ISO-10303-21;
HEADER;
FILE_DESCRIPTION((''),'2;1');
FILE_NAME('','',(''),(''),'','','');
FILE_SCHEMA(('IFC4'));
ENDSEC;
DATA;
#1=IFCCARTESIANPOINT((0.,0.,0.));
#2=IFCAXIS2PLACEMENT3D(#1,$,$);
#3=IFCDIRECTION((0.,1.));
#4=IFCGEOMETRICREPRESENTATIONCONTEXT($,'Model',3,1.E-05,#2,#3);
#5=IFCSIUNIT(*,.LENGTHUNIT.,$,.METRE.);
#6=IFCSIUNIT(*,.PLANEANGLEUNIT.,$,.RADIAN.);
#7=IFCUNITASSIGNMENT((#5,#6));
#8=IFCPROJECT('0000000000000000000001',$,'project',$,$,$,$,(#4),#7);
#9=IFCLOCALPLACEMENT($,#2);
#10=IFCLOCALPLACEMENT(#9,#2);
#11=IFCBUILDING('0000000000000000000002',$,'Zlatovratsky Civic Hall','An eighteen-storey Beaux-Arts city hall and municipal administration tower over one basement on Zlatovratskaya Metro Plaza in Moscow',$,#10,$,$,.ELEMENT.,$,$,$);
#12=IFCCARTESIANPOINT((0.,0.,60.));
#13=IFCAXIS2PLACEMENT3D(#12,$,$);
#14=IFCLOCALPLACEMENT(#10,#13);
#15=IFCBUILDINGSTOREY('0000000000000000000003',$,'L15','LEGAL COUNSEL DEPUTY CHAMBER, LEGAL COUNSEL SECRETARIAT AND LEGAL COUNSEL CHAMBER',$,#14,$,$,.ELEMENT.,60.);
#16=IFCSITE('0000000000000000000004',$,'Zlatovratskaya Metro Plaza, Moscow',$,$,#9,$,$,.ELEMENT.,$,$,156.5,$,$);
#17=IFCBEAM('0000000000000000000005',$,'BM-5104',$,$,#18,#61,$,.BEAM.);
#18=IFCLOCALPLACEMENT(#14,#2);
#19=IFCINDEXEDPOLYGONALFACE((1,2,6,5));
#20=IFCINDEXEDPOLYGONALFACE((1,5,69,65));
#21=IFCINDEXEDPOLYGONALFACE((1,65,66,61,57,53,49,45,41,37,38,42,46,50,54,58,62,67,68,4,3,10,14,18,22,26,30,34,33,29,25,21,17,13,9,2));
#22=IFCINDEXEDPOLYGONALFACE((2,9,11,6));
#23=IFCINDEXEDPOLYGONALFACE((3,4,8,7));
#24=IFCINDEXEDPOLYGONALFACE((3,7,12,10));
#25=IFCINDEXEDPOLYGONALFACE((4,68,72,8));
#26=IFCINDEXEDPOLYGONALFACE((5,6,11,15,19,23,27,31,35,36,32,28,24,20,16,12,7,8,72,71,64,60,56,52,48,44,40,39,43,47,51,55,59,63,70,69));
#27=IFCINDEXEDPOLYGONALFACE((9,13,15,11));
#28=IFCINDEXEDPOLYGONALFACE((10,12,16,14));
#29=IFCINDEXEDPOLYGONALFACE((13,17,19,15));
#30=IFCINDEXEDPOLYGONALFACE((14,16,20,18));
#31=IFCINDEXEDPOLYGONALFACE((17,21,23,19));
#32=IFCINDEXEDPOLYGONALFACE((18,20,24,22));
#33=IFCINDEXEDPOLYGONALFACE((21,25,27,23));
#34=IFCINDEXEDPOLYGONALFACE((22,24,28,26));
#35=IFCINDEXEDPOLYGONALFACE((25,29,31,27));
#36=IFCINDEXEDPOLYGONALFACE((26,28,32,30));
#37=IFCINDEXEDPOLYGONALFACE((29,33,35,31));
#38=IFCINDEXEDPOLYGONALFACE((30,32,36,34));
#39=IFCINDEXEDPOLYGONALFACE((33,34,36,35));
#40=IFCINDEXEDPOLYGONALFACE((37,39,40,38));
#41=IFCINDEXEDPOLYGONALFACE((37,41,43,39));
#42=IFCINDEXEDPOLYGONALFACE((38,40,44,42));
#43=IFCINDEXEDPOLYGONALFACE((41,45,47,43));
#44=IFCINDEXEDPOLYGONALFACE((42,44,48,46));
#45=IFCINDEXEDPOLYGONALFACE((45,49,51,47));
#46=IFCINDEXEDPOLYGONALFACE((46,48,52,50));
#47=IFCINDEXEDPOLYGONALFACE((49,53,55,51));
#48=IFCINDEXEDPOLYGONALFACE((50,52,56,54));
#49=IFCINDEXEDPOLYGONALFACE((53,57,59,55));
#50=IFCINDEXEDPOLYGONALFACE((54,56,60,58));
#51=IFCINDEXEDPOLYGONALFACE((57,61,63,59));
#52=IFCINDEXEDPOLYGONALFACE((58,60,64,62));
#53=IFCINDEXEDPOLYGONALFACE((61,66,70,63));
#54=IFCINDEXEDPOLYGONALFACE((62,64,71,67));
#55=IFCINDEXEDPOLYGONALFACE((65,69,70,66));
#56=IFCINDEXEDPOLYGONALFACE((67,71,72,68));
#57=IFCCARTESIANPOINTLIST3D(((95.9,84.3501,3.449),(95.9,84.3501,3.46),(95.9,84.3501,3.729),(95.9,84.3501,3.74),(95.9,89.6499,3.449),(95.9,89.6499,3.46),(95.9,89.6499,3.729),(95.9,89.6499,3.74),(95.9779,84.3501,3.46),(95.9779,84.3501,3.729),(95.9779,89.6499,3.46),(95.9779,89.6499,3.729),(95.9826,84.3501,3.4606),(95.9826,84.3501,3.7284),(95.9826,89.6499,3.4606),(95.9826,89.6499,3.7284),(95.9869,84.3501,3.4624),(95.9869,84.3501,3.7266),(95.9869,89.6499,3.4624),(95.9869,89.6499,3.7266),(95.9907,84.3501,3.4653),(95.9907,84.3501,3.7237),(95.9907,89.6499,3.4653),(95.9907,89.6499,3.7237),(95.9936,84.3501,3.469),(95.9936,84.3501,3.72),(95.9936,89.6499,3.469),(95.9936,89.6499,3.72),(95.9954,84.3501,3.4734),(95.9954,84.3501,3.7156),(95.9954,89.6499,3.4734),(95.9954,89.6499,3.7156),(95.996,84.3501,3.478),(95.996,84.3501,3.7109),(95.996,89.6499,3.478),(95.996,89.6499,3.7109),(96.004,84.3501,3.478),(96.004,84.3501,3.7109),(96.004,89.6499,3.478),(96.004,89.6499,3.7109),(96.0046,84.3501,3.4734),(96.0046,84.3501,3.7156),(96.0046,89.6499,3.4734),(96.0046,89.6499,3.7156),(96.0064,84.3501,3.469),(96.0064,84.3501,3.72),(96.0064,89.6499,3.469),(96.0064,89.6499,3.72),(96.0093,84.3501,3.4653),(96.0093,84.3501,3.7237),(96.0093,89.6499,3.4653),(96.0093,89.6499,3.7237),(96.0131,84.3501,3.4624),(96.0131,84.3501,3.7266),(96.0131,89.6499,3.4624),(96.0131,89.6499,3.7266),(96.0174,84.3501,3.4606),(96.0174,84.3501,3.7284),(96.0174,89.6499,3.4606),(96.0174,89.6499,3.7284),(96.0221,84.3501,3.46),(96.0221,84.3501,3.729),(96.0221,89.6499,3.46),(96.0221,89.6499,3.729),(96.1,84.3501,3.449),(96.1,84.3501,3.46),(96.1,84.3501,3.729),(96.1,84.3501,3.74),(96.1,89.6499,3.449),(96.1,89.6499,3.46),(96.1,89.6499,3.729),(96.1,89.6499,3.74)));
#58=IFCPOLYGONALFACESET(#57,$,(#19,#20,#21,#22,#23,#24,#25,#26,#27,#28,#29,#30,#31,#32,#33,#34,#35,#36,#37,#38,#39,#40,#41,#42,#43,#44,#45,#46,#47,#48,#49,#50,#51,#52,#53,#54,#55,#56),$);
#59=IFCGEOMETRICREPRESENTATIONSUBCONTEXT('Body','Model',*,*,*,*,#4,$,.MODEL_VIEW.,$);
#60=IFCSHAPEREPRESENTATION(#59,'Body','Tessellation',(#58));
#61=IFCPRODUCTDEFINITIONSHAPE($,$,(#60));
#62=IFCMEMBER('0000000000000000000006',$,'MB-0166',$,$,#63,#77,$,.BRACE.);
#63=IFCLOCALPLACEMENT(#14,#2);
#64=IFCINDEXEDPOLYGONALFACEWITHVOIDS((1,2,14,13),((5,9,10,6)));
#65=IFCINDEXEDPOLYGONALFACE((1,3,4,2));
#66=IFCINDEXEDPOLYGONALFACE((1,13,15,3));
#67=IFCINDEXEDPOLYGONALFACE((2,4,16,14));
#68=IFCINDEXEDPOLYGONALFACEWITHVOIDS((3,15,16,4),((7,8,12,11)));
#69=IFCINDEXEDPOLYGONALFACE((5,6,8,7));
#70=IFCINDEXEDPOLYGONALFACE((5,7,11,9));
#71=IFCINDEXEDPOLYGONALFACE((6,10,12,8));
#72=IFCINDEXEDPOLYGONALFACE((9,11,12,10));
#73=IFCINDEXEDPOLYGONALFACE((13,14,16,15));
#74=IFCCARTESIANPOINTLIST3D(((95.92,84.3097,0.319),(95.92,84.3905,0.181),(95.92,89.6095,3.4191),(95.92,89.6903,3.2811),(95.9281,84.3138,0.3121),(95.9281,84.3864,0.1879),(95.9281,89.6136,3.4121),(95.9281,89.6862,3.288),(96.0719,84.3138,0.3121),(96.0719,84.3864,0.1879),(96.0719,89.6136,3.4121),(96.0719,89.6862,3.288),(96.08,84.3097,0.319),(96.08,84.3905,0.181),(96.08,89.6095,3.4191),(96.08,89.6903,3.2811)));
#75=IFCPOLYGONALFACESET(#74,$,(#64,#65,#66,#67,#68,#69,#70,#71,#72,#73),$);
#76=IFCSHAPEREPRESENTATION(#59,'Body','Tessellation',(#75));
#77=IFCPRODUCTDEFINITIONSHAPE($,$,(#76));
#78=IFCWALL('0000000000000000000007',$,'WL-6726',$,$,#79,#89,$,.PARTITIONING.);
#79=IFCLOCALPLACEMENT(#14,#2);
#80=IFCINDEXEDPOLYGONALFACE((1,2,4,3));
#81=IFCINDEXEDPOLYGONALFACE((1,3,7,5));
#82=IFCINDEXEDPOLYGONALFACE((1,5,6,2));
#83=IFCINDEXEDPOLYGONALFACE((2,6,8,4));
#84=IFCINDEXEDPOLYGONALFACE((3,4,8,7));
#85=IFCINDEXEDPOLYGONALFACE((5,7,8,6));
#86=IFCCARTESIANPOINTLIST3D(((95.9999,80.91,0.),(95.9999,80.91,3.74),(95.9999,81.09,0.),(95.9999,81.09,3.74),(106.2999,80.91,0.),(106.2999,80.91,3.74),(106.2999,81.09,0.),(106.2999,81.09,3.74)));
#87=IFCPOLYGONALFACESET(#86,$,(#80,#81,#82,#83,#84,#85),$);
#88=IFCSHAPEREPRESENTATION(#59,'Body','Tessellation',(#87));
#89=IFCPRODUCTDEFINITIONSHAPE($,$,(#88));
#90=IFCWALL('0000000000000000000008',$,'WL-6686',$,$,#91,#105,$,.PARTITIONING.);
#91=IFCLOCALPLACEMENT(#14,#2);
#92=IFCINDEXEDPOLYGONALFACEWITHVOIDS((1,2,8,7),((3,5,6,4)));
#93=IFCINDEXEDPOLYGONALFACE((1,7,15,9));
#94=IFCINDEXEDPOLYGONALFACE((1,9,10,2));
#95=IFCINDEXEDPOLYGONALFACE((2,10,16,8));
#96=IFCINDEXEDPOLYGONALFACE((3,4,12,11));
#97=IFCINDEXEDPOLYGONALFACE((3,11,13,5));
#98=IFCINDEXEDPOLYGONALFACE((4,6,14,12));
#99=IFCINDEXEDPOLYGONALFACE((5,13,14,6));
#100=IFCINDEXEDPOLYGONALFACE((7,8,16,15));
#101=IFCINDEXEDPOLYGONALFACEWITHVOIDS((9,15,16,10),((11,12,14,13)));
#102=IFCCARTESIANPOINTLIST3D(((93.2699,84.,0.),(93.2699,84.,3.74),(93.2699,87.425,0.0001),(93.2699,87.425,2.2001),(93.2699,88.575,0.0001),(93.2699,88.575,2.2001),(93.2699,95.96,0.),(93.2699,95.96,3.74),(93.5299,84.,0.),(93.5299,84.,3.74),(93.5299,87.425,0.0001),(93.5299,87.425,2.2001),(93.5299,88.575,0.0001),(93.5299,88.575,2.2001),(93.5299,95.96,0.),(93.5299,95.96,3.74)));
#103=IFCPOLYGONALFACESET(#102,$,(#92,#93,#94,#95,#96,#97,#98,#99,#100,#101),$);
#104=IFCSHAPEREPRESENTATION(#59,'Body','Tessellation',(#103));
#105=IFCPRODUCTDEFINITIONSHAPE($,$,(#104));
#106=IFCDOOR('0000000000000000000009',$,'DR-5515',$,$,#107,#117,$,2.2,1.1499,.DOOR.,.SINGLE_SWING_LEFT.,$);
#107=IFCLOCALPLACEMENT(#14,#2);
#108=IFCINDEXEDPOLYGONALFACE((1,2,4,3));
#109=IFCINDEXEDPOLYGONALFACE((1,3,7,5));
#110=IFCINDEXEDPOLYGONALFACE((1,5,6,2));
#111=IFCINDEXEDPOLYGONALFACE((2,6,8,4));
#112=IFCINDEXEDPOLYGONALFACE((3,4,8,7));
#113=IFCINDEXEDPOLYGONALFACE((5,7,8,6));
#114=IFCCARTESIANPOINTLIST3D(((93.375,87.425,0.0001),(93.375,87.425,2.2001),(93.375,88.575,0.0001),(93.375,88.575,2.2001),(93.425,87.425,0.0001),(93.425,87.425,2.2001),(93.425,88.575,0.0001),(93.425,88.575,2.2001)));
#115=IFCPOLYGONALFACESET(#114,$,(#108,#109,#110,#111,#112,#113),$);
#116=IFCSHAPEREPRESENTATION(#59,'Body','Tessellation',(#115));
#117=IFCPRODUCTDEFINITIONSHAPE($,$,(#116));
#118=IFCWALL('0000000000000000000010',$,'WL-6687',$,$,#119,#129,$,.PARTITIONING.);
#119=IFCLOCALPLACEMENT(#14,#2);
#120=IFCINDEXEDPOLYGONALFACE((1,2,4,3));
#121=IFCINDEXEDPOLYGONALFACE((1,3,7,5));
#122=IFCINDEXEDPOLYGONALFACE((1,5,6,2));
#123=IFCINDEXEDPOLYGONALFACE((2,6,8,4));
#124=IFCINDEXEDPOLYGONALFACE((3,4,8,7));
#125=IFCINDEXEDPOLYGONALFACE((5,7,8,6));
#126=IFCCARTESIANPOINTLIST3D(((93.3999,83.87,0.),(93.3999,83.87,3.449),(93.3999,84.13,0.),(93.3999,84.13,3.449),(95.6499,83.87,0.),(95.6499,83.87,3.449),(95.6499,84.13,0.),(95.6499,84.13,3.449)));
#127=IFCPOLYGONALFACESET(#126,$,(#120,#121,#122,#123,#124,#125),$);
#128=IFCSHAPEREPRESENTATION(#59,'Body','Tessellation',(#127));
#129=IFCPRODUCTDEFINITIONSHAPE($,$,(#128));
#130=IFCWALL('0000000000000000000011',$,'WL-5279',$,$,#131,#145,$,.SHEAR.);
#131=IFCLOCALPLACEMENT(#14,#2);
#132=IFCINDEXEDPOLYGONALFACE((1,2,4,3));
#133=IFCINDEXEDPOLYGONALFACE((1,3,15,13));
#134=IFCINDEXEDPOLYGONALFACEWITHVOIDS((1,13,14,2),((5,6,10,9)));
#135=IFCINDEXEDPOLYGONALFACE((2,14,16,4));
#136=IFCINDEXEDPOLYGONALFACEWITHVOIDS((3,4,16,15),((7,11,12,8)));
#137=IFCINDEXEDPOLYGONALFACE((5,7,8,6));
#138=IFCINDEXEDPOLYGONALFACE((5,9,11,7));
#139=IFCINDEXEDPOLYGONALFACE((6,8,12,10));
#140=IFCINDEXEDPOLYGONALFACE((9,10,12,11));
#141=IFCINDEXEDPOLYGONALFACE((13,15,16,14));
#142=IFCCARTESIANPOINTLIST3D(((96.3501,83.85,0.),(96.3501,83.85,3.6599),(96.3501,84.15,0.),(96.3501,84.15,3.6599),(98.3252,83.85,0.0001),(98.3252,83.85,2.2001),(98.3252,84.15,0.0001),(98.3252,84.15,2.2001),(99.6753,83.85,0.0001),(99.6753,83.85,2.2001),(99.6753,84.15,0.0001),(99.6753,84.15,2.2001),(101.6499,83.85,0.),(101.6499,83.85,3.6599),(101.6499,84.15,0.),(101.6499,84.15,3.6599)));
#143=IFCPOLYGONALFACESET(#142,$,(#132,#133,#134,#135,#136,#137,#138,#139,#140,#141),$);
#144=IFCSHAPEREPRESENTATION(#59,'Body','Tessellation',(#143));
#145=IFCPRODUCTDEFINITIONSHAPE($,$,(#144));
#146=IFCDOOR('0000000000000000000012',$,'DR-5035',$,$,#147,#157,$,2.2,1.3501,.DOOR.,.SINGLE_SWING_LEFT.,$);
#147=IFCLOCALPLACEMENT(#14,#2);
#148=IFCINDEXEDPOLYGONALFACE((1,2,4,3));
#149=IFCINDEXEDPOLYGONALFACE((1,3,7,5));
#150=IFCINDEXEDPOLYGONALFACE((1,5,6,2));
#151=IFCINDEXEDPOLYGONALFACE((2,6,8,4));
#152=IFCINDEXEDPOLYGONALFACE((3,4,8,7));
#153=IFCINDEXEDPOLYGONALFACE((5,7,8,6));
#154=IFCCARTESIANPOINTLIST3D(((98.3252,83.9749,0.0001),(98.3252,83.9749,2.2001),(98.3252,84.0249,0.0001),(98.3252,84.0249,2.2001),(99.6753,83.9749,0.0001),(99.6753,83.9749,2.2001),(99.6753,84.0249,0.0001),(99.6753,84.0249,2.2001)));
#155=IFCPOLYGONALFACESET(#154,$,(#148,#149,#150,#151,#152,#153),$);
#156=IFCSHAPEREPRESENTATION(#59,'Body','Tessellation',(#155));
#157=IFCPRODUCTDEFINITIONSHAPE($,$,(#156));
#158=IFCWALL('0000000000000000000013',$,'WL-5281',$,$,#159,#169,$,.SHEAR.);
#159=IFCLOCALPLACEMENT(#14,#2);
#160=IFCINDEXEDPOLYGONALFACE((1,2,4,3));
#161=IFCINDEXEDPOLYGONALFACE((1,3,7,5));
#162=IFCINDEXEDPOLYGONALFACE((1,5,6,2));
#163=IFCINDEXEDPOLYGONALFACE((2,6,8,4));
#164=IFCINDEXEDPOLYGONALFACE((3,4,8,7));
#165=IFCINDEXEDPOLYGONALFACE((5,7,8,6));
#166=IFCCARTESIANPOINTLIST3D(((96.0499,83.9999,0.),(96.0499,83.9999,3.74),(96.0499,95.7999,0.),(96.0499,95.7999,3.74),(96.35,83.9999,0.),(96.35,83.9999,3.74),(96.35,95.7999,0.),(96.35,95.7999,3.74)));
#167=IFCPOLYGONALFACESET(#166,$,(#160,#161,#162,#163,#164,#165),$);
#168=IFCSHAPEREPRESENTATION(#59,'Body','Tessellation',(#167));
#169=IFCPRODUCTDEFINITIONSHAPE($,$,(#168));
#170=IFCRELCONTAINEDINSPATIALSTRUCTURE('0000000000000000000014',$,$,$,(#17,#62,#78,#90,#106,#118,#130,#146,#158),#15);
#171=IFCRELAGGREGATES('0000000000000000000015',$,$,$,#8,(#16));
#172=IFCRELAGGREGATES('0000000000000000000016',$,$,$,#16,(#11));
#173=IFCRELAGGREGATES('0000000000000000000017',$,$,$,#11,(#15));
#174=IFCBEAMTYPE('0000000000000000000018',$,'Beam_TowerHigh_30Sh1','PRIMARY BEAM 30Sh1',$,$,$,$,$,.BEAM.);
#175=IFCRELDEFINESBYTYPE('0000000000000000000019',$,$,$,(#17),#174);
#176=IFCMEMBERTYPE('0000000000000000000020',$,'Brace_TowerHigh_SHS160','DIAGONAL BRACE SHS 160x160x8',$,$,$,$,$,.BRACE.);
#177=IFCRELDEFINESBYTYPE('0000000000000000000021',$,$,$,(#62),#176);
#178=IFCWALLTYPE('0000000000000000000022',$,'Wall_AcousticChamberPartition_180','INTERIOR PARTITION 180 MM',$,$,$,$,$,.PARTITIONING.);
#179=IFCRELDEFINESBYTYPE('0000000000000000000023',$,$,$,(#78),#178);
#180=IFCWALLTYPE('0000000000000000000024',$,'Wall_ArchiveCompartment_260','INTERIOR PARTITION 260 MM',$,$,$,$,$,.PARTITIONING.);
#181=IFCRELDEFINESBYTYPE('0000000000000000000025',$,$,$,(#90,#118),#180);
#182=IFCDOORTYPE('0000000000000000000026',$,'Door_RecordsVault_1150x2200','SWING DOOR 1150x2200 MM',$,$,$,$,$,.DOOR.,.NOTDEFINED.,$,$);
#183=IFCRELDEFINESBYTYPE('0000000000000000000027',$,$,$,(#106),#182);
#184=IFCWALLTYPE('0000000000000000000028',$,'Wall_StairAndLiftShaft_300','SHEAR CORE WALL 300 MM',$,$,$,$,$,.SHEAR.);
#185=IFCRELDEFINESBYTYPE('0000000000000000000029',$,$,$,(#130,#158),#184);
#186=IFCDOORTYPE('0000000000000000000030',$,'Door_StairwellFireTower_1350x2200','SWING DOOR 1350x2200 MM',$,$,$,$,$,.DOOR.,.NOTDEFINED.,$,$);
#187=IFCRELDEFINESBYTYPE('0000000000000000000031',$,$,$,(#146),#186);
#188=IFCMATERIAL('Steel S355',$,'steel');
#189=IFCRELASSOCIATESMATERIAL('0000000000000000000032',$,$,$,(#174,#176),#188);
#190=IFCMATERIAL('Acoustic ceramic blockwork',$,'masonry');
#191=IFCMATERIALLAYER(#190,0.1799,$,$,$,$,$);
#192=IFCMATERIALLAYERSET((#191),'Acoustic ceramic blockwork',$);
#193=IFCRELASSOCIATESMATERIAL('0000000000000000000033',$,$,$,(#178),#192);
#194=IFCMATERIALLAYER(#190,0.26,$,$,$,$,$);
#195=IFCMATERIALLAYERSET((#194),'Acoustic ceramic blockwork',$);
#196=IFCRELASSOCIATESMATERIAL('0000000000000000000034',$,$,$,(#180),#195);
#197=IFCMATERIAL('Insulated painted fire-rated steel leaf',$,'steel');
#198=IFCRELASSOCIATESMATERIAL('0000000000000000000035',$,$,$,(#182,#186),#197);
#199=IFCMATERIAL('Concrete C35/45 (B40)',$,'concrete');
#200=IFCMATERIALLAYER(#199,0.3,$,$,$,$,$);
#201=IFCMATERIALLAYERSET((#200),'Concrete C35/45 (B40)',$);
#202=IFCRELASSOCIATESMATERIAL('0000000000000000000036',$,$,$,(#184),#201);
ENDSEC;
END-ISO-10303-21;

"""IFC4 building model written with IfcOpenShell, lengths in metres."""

from ifc_helpers import new_model, si_unit, direction, frame, frame_2d, origin, origin_2d, place, context, subcontext, project, spatial, rectangle, hollow_rectangle, i_section, extrude, material, layer, layer_set, material_profile, profile_set, type_object, element, fill, save


model = new_model("IFC4")

# Units and contexts
model_context = context("Model", 3, precision=1e-05, world=origin(), true_north=direction((0.0, 1.0)))
body_context = subcontext(model_context, "Body", "Model", "MODEL_VIEW")
ifc_project = project(units=[si_unit("LENGTHUNIT", "METRE"), si_unit("PLANEANGLEUNIT", "RADIAN")], contexts=[model_context])

# Site, building, storey
site_placement = place(None, origin())
site = spatial("IfcSite", under=ifc_project, at=site_placement, Name="Zlatovratskaya Metro Plaza, Moscow", CompositionType="ELEMENT", RefElevation=156.5)
building_placement = place(site_placement, origin())
building = spatial("IfcBuilding", under=site, at=building_placement, Name="Zlatovratsky Civic Hall", Description="An eighteen-storey Beaux-Arts city hall and municipal administration tower over one basement on Zlatovratskaya Metro Plaza in Moscow", CompositionType="ELEMENT")
storey_placement = place(building_placement, frame((0.0, 0.0, 60.0)))
storey = spatial("IfcBuildingStorey", under=building, at=storey_placement, Name="L15", Description="LEGAL COUNSEL DEPUTY CHAMBER, LEGAL COUNSEL SECRETARIAT AND LEGAL COUNSEL CHAMBER", CompositionType="ELEMENT", Elevation=60.0)

# Shared definitions
ifc_material_1 = material(Name="Concrete C35/45 (B40)", Category="concrete")

# Beam
ifc_material_2 = material(Name="Steel S355", Category="steel")
ifc_material_profile_1 = material_profile(ifc_material_2, i_section(OverallWidth=0.2, OverallDepth=0.291, WebThickness=0.0081, FlangeThickness=0.011, FilletRadius=0.0181, at=origin_2d()), Name="30Sh1")
ifc_profile_set_1 = profile_set([ifc_material_profile_1], Name="Steel S355")
beam_type_1 = type_object("IfcBeamType", Name="Beam_TowerHigh_30Sh1", Description="PRIMARY BEAM 30Sh1", PredefinedType="BEAM", material=ifc_profile_set_1)
for number, where, z_axis, x_axis, name in (
    (1, (96.0, 84.3501, 3.5945), (0.0, 1.0, 0.0), (-1.0, 0.0, 0.0), "BM-5104"),
):
    element("IfcBeam", number, at=place(storey_placement, frame(where, z_axis=z_axis, x_axis=x_axis)), inside=storey, type_object=beam_type_1, Name=name, PredefinedType="BEAM", context=body_context, shape_type="SweptSolid", body=[
        extrude(i_section(OverallWidth=0.2, OverallDepth=0.291, WebThickness=0.0081, FlangeThickness=0.011, FilletRadius=0.0181, at=origin_2d()), origin(), (0.0, 0.0, 1.0), 5.2998),
    ])

# Member
ifc_material_profile_2 = material_profile(ifc_material_2, hollow_rectangle(XDim=0.1599, YDim=0.1599, WallThickness=0.0081, at=origin_2d()), Name="SHS 160x160x8")
ifc_profile_set_2 = profile_set([ifc_material_profile_2], Name="Steel S355")
member_type = type_object("IfcMemberType", Name="Brace_TowerHigh_SHS160", Description="DIAGONAL BRACE SHS 160x160x8", PredefinedType="BRACE", material=ifc_profile_set_2)
member_placement = place(storey_placement, frame((96.0, 84.3501, 0.25), z_axis=(0.0, 0.863173, 0.504909), x_axis=(-1.0, 0.0, 0.0)))
element("IfcMember", 2, at=member_placement, inside=storey, type_object=member_type, Name="MB-0166", PredefinedType="BRACE", context=body_context, shape_type="SweptSolid", body=[
    extrude(hollow_rectangle(XDim=0.1599, YDim=0.1599, WallThickness=0.0081, at=origin_2d()), origin(), (0.0, 0.0, 1.0), 6.1399),
])

# Wall
ifc_material_3 = material(Name="Acoustic ceramic blockwork", Category="masonry")
ifc_layer_1 = layer(ifc_material_3, 0.1799)
ifc_layer_set_1 = layer_set([ifc_layer_1], Name="Acoustic ceramic blockwork")
wall_type_1 = type_object("IfcWallType", Name="Wall_AcousticChamberPartition_180", Description="INTERIOR PARTITION 180 MM", PredefinedType="PARTITIONING", material=ifc_layer_set_1)
wall_1_placement = place(storey_placement, frame((96.0, 81.0, 0.0), z_axis=(0.0, 0.0, 1.0), x_axis=(1.0, 0.0, 0.0)))
element("IfcWall", 3, at=wall_1_placement, inside=storey, type_object=wall_type_1, Name="WL-6726", PredefinedType="PARTITIONING", context=body_context, shape_type="SweptSolid", body=[
    extrude(rectangle(XDim=10.3, YDim=0.1799, at=frame_2d((5.1499, 0.0))), origin(), (0.0, 0.0, 1.0), 3.74),
])

# Wall, opening, door
ifc_layer_2 = layer(ifc_material_3, 0.26)
ifc_layer_set_2 = layer_set([ifc_layer_2], Name="Acoustic ceramic blockwork")
wall_type_2 = type_object("IfcWallType", Name="Wall_ArchiveCompartment_260", Description="INTERIOR PARTITION 260 MM", PredefinedType="PARTITIONING", material=ifc_layer_set_2)
wall_2_placement = place(storey_placement, frame((93.3999, 84.0, 0.0), z_axis=(0.0, 0.0, 1.0), x_axis=(0.0, 1.0, 0.0)))
wall_2 = element("IfcWall", 4, at=wall_2_placement, inside=storey, type_object=wall_type_2, Name="WL-6686", PredefinedType="PARTITIONING", context=body_context, shape_type="SweptSolid", body=[
    extrude(rectangle(XDim=11.96, YDim=0.26, at=frame_2d((5.98, 0.0))), origin(), (0.0, 0.0, 1.0), 3.74),
])
opening_1_placement = place(wall_2_placement, frame((3.425, 0.0, 0.0)))
opening_1 = element("IfcOpeningElement", 5, at=opening_1_placement, cuts=wall_2, PredefinedType="OPENING", context=body_context, shape_type="SweptSolid", body=[
    extrude(rectangle(XDim=1.1499, YDim=2.2, at=frame_2d((0.575, 1.1001))), frame((0.0, 0.145, 0.0), z_axis=(0.0, -1.0, 0.0), x_axis=(1.0, 0.0, 0.0)), (0.0, 0.0, 1.0), 0.2898),
])
ifc_material_4 = material(Name="Insulated painted fire-rated steel leaf", Category="steel")
door_type_1 = type_object("IfcDoorType", Name="Door_RecordsVault_1150x2200", Description="SWING DOOR 1150x2200 MM", OperationType="NOTDEFINED", PredefinedType="DOOR", material=ifc_material_4)
door_1_placement = place(opening_1_placement, origin())
door_1 = element("IfcDoor", 6, at=door_1_placement, inside=storey, type_object=door_type_1, Name="DR-5515", OperationType="SINGLE_SWING_LEFT", OverallHeight=2.2, OverallWidth=1.1499, PredefinedType="DOOR", context=body_context, shape_type="SweptSolid", body=[
    extrude(rectangle(XDim=1.1499, YDim=2.2, at=frame_2d((0.575, 1.1001))), frame((0.0, 0.0249, 0.0), z_axis=(0.0, -1.0, 0.0), x_axis=(1.0, 0.0, 0.0)), (0.0, 0.0, 1.0), 0.05),
])
fill(opening_1, door_1)

# Wall
wall_3_placement = place(storey_placement, frame((93.3999, 84.0, 0.0), z_axis=(0.0, 0.0, 1.0), x_axis=(1.0, 0.0, 0.0)))
element("IfcWall", 7, at=wall_3_placement, inside=storey, type_object=wall_type_2, Name="WL-6687", PredefinedType="PARTITIONING", context=body_context, shape_type="SweptSolid", body=[
    extrude(rectangle(XDim=2.25, YDim=0.26, at=frame_2d((1.125, 0.0))), origin(), (0.0, 0.0, 1.0), 3.449),
])

# Wall, opening, door
ifc_layer_3 = layer(ifc_material_1, 0.3)
ifc_layer_set_3 = layer_set([ifc_layer_3], Name="Concrete C35/45 (B40)")
wall_type_3 = type_object("IfcWallType", Name="Wall_StairAndLiftShaft_300", Description="SHEAR CORE WALL 300 MM", PredefinedType="SHEAR", material=ifc_layer_set_3)
wall_4_placement = place(storey_placement, frame((96.3501, 84.0, 0.0), z_axis=(0.0, 0.0, 1.0), x_axis=(1.0, 0.0, 0.0)))
wall_4 = element("IfcWall", 8, at=wall_4_placement, inside=storey, type_object=wall_type_3, Name="WL-5279", PredefinedType="SHEAR", context=body_context, shape_type="SweptSolid", body=[
    extrude(rectangle(XDim=5.2998, YDim=0.3, at=frame_2d((2.6499, 0.0))), origin(), (0.0, 0.0, 1.0), 3.6599),
])
opening_2_placement = place(wall_4_placement, frame((1.9751, 0.0, 0.0)))
opening_2 = element("IfcOpeningElement", 9, at=opening_2_placement, cuts=wall_4, PredefinedType="OPENING", context=body_context, shape_type="SweptSolid", body=[
    extrude(rectangle(XDim=1.3501, YDim=2.2, at=frame_2d((0.675, 1.1001))), frame((0.0, 0.165, 0.0), z_axis=(0.0, -1.0, 0.0), x_axis=(1.0, 0.0, 0.0)), (0.0, 0.0, 1.0), 0.3298),
])
door_type_2 = type_object("IfcDoorType", Name="Door_StairwellFireTower_1350x2200", Description="SWING DOOR 1350x2200 MM", OperationType="NOTDEFINED", PredefinedType="DOOR", material=ifc_material_4)
door_2_placement = place(opening_2_placement, origin())
door_2 = element("IfcDoor", 10, at=door_2_placement, inside=storey, type_object=door_type_2, Name="DR-5035", OperationType="SINGLE_SWING_LEFT", OverallHeight=2.2, OverallWidth=1.3501, PredefinedType="DOOR", context=body_context, shape_type="SweptSolid", body=[
    extrude(rectangle(XDim=1.3501, YDim=2.2, at=frame_2d((0.675, 1.1001))), frame((0.0, 0.0249, 0.0), z_axis=(0.0, -1.0, 0.0), x_axis=(1.0, 0.0, 0.0)), (0.0, 0.0, 1.0), 0.05),
])
fill(opening_2, door_2)

# Wall
wall_5_placement = place(storey_placement, frame((96.2, 84.0, 0.0), z_axis=(0.0, 0.0, 1.0), x_axis=(0.0, 1.0, 0.0)))
element("IfcWall", 11, at=wall_5_placement, inside=storey, type_object=wall_type_3, Name="WL-5281", PredefinedType="SHEAR", context=body_context, shape_type="SweptSolid", body=[
    extrude(rectangle(XDim=11.8, YDim=0.3, at=frame_2d((5.8999, 0.0))), origin(), (0.0, 0.0, 1.0), 3.74),
])

save(model, "model.ifc")
